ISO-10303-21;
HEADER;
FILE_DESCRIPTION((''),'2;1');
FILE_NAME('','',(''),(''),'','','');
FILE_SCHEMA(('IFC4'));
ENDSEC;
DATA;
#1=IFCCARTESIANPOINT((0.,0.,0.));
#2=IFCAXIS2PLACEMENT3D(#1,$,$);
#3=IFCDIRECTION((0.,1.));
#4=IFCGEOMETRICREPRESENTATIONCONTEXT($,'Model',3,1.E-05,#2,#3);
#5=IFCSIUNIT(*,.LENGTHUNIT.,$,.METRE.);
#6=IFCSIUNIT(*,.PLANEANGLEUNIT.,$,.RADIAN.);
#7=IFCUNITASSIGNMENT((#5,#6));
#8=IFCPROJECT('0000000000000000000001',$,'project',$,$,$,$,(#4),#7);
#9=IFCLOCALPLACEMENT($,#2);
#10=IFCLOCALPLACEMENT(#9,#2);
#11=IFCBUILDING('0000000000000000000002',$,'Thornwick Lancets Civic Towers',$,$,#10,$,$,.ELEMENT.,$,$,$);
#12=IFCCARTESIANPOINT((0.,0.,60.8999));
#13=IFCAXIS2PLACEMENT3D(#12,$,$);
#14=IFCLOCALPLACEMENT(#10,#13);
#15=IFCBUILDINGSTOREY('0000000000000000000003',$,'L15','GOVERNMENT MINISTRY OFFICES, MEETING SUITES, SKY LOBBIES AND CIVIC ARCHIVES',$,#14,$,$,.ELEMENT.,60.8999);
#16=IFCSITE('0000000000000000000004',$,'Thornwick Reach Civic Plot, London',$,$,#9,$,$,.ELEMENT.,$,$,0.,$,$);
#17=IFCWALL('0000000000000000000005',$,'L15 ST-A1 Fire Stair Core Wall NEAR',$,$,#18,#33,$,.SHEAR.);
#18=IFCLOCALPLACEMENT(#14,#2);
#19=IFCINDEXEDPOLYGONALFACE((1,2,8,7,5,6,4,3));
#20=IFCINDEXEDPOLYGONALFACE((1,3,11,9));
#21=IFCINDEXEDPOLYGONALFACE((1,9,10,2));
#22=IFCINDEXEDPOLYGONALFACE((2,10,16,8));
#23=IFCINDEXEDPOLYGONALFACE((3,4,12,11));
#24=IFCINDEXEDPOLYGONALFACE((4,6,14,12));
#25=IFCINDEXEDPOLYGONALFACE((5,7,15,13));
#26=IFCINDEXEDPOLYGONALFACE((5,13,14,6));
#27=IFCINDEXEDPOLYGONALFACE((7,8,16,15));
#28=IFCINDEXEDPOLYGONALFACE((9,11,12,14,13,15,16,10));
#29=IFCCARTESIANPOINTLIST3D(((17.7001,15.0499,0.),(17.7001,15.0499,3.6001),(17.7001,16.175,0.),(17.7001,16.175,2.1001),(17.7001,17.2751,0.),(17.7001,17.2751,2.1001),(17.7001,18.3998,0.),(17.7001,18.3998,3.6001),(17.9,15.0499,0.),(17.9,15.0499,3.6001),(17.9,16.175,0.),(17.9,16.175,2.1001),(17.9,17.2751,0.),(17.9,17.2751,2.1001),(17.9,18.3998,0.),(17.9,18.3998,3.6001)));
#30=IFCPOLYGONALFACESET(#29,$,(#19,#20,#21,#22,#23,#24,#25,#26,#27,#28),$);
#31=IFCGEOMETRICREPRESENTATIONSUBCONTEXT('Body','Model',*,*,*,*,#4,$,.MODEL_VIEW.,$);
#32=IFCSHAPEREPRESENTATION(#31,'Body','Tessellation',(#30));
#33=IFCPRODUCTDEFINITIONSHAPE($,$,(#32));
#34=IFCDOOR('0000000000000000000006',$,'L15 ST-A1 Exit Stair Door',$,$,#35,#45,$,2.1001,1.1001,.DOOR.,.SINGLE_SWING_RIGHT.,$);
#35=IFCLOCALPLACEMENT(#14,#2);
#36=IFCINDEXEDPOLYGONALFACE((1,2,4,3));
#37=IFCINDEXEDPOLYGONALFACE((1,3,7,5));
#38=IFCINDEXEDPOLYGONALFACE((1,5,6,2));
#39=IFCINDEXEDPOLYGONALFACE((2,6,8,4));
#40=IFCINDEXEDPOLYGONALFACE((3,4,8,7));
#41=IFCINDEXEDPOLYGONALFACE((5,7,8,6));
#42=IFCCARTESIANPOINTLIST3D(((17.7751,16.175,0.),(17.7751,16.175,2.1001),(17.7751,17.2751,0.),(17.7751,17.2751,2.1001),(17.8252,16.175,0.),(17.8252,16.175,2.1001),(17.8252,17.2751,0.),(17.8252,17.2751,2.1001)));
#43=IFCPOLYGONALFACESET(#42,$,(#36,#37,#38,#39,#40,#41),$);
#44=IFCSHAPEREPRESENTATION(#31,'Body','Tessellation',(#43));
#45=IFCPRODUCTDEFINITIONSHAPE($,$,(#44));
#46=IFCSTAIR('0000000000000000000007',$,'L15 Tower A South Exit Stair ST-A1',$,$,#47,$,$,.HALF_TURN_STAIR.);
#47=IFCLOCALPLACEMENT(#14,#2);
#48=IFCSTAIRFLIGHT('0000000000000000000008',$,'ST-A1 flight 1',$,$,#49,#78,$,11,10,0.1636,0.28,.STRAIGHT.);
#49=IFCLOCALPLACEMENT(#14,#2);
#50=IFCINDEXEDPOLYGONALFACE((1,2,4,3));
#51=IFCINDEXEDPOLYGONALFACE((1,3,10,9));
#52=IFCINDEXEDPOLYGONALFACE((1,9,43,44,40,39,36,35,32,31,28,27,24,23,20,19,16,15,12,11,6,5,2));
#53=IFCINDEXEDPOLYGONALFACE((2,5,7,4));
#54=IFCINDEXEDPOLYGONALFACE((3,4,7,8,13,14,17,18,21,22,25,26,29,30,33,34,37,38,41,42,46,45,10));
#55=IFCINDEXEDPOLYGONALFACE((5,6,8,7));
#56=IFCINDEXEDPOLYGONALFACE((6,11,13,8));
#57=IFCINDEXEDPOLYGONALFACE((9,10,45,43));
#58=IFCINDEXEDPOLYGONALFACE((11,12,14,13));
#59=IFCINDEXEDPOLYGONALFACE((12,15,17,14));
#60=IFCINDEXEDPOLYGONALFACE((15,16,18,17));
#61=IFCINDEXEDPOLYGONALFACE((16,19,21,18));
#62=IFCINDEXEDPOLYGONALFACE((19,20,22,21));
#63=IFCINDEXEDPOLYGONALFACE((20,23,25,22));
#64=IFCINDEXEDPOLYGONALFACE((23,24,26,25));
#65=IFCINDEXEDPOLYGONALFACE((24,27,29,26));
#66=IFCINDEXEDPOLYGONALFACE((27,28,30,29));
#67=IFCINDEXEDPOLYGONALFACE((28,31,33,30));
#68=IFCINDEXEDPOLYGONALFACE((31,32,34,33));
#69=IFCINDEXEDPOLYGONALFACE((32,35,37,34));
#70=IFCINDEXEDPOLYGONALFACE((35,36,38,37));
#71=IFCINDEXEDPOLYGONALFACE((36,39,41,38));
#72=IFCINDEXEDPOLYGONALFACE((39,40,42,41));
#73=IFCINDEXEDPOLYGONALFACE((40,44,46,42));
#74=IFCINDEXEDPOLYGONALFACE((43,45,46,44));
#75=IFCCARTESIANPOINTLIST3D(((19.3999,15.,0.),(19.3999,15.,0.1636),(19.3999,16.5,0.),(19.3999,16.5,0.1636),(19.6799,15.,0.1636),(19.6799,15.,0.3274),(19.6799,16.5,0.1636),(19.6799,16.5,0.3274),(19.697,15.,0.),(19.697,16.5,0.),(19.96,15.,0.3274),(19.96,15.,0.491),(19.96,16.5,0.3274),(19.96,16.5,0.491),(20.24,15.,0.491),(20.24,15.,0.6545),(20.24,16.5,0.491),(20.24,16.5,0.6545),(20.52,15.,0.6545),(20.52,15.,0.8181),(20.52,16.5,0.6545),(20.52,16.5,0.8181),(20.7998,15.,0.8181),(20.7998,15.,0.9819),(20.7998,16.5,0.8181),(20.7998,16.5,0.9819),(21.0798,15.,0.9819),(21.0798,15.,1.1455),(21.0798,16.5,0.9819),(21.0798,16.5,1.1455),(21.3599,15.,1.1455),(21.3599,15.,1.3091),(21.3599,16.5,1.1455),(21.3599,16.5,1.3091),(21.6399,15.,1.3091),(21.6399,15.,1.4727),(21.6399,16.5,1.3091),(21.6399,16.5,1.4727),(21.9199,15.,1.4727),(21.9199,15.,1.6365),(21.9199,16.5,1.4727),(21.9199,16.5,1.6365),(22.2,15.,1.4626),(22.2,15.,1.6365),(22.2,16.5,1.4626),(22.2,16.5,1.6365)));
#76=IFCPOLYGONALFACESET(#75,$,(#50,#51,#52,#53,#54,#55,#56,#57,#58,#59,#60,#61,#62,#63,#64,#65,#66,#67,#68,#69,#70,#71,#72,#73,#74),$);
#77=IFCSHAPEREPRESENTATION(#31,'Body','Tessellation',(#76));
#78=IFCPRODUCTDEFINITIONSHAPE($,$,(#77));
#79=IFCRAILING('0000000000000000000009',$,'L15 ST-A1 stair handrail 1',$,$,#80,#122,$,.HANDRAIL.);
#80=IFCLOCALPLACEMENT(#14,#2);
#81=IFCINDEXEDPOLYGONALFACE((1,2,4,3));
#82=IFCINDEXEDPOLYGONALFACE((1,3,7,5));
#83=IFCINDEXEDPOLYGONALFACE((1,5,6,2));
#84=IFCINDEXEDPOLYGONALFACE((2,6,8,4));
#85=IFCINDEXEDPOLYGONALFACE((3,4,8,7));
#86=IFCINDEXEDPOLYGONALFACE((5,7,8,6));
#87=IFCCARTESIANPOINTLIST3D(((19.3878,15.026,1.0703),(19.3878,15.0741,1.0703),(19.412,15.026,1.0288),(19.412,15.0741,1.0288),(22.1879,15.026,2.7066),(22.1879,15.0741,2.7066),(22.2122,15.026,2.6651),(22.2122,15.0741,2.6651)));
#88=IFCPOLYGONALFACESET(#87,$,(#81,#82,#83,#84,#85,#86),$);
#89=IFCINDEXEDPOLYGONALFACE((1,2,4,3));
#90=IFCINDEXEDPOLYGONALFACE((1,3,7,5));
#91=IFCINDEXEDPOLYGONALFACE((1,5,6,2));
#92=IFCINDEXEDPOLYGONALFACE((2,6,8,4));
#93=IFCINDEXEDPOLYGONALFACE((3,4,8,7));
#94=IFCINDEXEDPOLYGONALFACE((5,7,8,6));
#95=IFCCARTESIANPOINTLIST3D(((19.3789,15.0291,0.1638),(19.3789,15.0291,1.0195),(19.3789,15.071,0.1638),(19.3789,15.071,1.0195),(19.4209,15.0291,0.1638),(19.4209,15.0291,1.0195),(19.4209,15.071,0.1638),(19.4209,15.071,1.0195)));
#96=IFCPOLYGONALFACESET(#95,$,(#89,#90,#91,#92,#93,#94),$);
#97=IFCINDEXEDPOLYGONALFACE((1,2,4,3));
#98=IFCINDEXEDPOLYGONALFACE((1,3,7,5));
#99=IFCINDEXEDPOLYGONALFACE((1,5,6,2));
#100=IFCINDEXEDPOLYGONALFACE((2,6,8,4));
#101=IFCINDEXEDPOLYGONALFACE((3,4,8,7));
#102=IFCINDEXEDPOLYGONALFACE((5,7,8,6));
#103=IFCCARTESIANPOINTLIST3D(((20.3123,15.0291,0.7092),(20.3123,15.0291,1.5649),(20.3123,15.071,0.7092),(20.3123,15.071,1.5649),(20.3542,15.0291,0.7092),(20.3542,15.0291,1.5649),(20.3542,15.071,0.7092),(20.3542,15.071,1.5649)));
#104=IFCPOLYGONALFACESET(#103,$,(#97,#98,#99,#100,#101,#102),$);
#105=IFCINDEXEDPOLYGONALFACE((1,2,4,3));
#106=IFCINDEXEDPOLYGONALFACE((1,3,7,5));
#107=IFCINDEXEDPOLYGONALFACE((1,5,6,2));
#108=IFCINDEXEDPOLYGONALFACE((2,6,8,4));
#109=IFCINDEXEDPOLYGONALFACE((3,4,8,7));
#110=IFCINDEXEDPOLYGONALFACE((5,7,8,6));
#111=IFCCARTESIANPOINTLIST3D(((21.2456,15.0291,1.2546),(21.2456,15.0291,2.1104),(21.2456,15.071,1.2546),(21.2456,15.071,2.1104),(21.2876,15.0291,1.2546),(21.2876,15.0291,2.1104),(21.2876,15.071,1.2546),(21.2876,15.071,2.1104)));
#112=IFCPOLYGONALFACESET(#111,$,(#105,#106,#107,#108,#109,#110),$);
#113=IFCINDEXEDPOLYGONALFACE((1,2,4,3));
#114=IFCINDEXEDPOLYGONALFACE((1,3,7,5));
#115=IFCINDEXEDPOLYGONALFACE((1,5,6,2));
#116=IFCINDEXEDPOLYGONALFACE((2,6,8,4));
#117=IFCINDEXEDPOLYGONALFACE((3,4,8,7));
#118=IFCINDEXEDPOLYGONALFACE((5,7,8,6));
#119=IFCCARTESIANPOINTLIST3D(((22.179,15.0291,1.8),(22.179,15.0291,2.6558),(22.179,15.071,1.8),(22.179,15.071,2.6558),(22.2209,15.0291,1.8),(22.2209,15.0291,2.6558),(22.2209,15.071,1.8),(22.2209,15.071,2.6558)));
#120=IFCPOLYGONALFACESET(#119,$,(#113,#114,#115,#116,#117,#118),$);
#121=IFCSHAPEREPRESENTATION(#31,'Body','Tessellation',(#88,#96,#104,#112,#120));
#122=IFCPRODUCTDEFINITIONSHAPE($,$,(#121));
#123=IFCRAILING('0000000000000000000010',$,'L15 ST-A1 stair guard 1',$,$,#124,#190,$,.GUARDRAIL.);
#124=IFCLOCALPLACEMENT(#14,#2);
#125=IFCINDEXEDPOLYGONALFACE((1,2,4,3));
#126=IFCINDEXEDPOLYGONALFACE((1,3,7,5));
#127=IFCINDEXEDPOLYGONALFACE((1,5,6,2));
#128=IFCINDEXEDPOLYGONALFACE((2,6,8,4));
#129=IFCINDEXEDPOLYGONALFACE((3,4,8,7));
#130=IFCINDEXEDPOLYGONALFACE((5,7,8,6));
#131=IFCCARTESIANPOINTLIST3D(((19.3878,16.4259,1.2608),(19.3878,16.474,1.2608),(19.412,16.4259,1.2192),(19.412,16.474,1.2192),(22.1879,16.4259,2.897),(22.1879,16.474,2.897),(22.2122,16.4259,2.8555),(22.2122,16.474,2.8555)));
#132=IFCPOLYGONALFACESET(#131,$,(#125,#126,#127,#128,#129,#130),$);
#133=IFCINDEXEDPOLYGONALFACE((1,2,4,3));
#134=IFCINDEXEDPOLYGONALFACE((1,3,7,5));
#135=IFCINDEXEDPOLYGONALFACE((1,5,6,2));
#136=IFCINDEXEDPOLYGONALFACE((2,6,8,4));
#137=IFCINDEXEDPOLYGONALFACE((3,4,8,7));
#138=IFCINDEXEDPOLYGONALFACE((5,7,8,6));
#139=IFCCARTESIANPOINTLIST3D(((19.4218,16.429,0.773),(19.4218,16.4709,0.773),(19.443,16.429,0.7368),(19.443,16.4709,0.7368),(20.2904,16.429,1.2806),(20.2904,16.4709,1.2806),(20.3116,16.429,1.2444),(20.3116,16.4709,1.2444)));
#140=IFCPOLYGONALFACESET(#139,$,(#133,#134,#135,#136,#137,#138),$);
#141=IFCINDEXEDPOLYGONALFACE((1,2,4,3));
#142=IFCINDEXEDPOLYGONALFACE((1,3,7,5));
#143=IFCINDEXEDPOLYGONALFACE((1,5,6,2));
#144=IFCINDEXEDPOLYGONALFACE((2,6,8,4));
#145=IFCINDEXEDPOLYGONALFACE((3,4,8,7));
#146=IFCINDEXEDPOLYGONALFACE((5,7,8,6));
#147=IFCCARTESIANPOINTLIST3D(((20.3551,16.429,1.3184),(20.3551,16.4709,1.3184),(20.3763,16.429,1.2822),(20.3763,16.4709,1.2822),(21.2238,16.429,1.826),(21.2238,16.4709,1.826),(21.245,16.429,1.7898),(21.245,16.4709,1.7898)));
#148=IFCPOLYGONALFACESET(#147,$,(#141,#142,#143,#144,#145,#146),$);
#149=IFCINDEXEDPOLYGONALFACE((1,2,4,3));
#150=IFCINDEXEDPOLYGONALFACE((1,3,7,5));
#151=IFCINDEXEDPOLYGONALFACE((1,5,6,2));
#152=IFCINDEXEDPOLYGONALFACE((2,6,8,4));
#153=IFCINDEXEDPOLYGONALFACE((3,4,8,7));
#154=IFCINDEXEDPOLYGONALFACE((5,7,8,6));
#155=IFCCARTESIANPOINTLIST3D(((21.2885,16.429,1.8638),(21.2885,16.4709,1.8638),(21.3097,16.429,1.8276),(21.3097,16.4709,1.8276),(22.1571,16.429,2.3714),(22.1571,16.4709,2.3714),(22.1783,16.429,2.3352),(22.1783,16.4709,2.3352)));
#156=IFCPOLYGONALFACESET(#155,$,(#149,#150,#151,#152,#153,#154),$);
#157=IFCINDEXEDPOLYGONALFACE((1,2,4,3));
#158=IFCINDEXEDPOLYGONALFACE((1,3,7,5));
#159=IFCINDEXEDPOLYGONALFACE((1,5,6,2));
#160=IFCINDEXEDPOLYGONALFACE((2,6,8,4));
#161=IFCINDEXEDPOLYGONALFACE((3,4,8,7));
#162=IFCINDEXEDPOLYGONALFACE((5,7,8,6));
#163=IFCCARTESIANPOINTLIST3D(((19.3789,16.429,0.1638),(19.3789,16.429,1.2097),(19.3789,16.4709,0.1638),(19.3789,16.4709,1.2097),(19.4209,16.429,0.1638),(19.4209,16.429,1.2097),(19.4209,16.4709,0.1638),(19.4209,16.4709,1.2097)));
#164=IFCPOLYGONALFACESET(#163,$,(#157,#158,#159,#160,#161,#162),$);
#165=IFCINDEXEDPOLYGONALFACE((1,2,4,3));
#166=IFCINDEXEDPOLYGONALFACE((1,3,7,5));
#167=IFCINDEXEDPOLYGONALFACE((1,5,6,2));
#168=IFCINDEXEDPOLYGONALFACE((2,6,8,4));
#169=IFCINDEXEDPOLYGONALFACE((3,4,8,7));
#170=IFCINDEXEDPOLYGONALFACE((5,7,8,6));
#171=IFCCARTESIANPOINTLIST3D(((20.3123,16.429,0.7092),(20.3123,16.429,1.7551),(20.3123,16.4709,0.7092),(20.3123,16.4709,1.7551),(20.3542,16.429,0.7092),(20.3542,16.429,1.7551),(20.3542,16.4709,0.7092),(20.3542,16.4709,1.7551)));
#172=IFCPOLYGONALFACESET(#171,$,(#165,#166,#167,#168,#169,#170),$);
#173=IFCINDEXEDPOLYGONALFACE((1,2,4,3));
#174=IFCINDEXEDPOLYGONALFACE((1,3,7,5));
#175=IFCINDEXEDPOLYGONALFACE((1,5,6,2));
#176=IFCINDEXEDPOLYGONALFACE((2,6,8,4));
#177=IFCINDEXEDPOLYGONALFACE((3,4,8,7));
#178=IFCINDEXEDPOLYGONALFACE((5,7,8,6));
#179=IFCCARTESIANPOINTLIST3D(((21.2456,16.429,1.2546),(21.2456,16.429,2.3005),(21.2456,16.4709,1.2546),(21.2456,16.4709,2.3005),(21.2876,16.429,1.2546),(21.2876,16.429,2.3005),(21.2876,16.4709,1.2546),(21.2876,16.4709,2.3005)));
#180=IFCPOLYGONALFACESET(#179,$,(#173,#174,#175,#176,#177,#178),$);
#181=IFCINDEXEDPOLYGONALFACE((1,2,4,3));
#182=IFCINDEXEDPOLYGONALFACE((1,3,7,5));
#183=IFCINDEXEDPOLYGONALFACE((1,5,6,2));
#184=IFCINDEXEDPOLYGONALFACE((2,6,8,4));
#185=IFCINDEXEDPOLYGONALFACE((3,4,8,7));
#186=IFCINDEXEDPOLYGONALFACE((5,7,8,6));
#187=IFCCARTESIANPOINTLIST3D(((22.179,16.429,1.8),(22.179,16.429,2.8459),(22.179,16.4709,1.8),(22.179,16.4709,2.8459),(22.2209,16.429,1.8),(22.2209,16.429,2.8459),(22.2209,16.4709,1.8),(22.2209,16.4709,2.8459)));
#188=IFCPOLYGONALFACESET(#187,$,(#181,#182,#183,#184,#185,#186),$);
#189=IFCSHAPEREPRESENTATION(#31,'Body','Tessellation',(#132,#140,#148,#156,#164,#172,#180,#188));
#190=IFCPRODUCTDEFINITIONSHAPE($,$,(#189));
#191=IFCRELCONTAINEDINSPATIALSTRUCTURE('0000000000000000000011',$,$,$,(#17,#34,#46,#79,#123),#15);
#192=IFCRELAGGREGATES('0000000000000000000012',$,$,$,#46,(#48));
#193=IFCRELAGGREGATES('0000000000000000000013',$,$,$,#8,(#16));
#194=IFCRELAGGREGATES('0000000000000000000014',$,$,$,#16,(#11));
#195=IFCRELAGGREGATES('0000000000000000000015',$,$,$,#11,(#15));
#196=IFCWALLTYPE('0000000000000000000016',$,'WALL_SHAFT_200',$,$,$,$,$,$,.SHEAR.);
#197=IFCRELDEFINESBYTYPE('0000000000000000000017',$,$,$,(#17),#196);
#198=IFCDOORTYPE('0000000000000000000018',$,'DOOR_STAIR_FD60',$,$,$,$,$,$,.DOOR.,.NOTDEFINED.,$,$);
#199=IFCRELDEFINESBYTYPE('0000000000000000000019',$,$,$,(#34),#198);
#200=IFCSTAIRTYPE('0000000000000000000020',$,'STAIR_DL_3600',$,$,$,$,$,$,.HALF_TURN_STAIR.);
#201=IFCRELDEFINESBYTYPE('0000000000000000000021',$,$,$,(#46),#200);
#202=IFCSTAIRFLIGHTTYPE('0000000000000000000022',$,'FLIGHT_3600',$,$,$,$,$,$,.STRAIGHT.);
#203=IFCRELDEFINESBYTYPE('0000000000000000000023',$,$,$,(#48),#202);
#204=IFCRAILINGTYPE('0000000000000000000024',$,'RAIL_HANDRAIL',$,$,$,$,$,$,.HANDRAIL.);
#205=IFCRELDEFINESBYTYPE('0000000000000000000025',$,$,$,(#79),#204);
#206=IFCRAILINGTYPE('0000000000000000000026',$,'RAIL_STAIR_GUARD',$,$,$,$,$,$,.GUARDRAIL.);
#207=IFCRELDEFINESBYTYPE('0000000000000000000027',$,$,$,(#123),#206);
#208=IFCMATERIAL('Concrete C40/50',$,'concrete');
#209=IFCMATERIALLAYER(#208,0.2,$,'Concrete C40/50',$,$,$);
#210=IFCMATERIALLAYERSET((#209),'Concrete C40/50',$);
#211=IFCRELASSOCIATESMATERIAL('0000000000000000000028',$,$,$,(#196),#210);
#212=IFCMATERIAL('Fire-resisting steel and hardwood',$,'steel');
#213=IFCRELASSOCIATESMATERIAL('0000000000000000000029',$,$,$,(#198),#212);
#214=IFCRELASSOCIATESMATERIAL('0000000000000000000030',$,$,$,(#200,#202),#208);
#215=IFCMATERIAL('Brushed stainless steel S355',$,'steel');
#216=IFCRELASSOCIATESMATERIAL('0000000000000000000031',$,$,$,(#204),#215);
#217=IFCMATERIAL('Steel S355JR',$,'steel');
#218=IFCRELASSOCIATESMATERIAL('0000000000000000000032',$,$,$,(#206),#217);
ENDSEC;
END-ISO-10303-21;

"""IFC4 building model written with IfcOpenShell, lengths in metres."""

from ifc_helpers import new_model, si_unit, direction, frame, frame_2d, origin, origin_2d, place, context, subcontext, project, spatial, polyline, rectangle, outline, extrude, material, layer, layer_set, type_object, element, fill, aggregate, save


model = new_model("IFC4")

# Units and contexts
model_context = context("Model", 3, precision=1e-05, world=origin(), true_north=direction((0.0, 1.0)))
body_context = subcontext(model_context, "Body", "Model", "MODEL_VIEW")
ifc_project = project(units=[si_unit("LENGTHUNIT", "METRE"), si_unit("PLANEANGLEUNIT", "RADIAN")], contexts=[model_context])

# Site, building, storey
site_placement = place(None, origin())
site = spatial("IfcSite", under=ifc_project, at=site_placement, Name="Thornwick Reach Civic Plot, London", CompositionType="ELEMENT", RefElevation=0.0)
building_placement = place(site_placement, origin())
building = spatial("IfcBuilding", under=site, at=building_placement, Name="Thornwick Lancets Civic Towers", CompositionType="ELEMENT")
storey_placement = place(building_placement, frame((0.0, 0.0, 60.8999)))
storey = spatial("IfcBuildingStorey", under=building, at=storey_placement, Name="L15", Description="GOVERNMENT MINISTRY OFFICES, MEETING SUITES, SKY LOBBIES AND CIVIC ARCHIVES", CompositionType="ELEMENT", Elevation=60.8999)

# Shared definitions
ifc_material_1 = material(Name="Steel S355JR", Category="steel")
ifc_material_2 = material(Name="Concrete C40/50", Category="concrete")

# Wall, opening, door
ifc_layer_1 = layer(ifc_material_2, 0.2, Name="Concrete C40/50")
ifc_layer_set_1 = layer_set([ifc_layer_1], Name="Concrete C40/50")
wall_type_1 = type_object("IfcWallType", Name="WALL_SHAFT_200", PredefinedType="SHEAR", material=ifc_layer_set_1)
wall_1_placement = place(storey_placement, frame((17.8, 15.05, 0.0), z_axis=(0.0, 0.0, 1.0), x_axis=(0.0, 1.0, 0.0)))
wall_1 = element("IfcWall", 1, at=wall_1_placement, inside=storey, type_object=wall_type_1, Name="L15 ST-A1 Fire Stair Core Wall NEAR", PredefinedType="SHEAR", context=body_context, shape_type="SweptSolid", body=[
    extrude(rectangle(XDim=3.3499, YDim=0.2, at=frame_2d((1.6748, 0.0))), origin(), (0.0, 0.0, 1.0), 3.6001),
])
opening_1_placement = place(wall_1_placement, frame((1.125, 0.0, 0.0)))
opening_1 = element("IfcOpeningElement", 2, at=opening_1_placement, cuts=wall_1, PredefinedType="OPENING", context=body_context, shape_type="SweptSolid", body=[
    extrude(rectangle(XDim=1.1001, YDim=2.1001, at=frame_2d((0.55, 1.05))), frame((0.0, 0.1099, 0.0), z_axis=(0.0, -1.0, 0.0), x_axis=(1.0, 0.0, 0.0)), (0.0, 0.0, 1.0), 0.22),
])
ifc_material_3 = material(Name="Fire-resisting steel and hardwood", Category="steel")
door_type_1 = type_object("IfcDoorType", Name="DOOR_STAIR_FD60", OperationType="NOTDEFINED", PredefinedType="DOOR", material=ifc_material_3)
door_1_placement = place(opening_1_placement, origin())
door_1 = element("IfcDoor", 3, at=door_1_placement, inside=storey, type_object=door_type_1, Name="L15 ST-A1 Exit Stair Door", OperationType="SINGLE_SWING_RIGHT", OverallHeight=2.1001, OverallWidth=1.1001, PredefinedType="DOOR", context=body_context, shape_type="SweptSolid", body=[
    extrude(rectangle(XDim=1.1001, YDim=2.1001, at=frame_2d((0.55, 1.05))), frame((0.0, 0.0249, 0.0), z_axis=(0.0, -1.0, 0.0), x_axis=(1.0, 0.0, 0.0)), (0.0, 0.0, 1.0), 0.05),
])
fill(opening_1, door_1)

# Stair, stair flight
stair_type = type_object("IfcStairType", Name="STAIR_DL_3600", PredefinedType="HALF_TURN_STAIR", material=ifc_material_2)
stair_placement = place(storey_placement, origin())
stair = element("IfcStair", 4, at=stair_placement, inside=storey, type_object=stair_type, Name="L15 Tower A South Exit Stair ST-A1", PredefinedType="HALF_TURN_STAIR")
stair_flight_type = type_object("IfcStairFlightType", Name="FLIGHT_3600", PredefinedType="STRAIGHT", material=ifc_material_2)
stair_flight_placement = place(storey_placement, frame((19.3999, 15.75, 0.0), z_axis=(0.0, 0.0, 1.0), x_axis=(1.0, 0.0, 0.0)))
stair_flight = element("IfcStairFlight", 5, at=stair_flight_placement, type_object=stair_flight_type, Name="ST-A1 flight 1", NumberOfRisers=11, NumberOfTreads=10, PredefinedType="STRAIGHT", RiserHeight=0.1636, TreadLength=0.28, context=body_context, shape_type="SweptSolid", body=[
    extrude(outline(polyline([(0.0, 0.0), (0.0, 0.1636), (0.28, 0.1636), (0.28, 0.3274), (0.5601, 0.3274), (0.5601, 0.491), (0.8401, 0.491), (0.8401, 0.6545), (1.1201, 0.6545), (1.1201, 0.8181), (1.3999, 0.8181), (1.3999, 0.9819), (1.6799, 0.9819), (1.6799, 1.1455), (1.96, 1.1455), (1.96, 1.3091), (2.24, 1.3091), (2.24, 1.4727), (2.52, 1.4727), (2.52, 1.6365), (2.8, 1.6365), (2.8, 1.8), (2.8, 1.4626), (0.2971, 0.0), (0.0, 0.0)])), frame((0.0, 0.75, 0.0), z_axis=(0.0, -1.0, 0.0), x_axis=(1.0, 0.0, 0.0)), (0.0, 0.0, 1.0), 1.5),
])
aggregate(stair, [stair_flight])

# Railings
ifc_material_4 = material(Name="Brushed stainless steel S355", Category="steel")
railing_type_1 = type_object("IfcRailingType", Name="RAIL_HANDRAIL", PredefinedType="HANDRAIL", material=ifc_material_4)
railing_1_placement = place(storey_placement, frame((19.3999, 15.05, 0.1638)))
element("IfcRailing", 6, at=railing_1_placement, inside=storey, type_object=railing_type_1, Name="L15 ST-A1 stair handrail 1", PredefinedType="HANDRAIL", context=body_context, shape_type="SweptSolid", body=[
    extrude(rectangle(XDim=0.0481, YDim=0.0481, at=origin_2d()), frame((0.0, 0.0, 0.8857), z_axis=(0.863394, 0.0, 0.504531), x_axis=(0.0, 1.0, 0.0)), (0.0, 0.0, 1.0), 3.2432),
    extrude(rectangle(XDim=0.042, YDim=0.042, at=origin_2d()), origin(), (0.0, 0.0, 1.0), 0.8557),
    extrude(rectangle(XDim=0.042, YDim=0.042, at=origin_2d()), frame((0.9333, 0.0, 0.5454)), (0.0, 0.0, 1.0), 0.8557),
    extrude(rectangle(XDim=0.042, YDim=0.042, at=origin_2d()), frame((1.8667, 0.0, 1.0908)), (0.0, 0.0, 1.0), 0.8557),
    extrude(rectangle(XDim=0.042, YDim=0.042, at=origin_2d()), frame((2.8, 0.0, 1.6362)), (0.0, 0.0, 1.0), 0.8557),
])
railing_type_2 = type_object("IfcRailingType", Name="RAIL_STAIR_GUARD", PredefinedType="GUARDRAIL", material=ifc_material_1)
railing_2_placement = place(storey_placement, frame((19.3999, 16.45, 0.1638)))
element("IfcRailing", 7, at=railing_2_placement, inside=storey, type_object=railing_type_2, Name="L15 ST-A1 stair guard 1", PredefinedType="GUARDRAIL", context=body_context, shape_type="SweptSolid", body=[
    extrude(rectangle(XDim=0.0481, YDim=0.0481, at=origin_2d()), frame((0.0, 0.0, 1.0762), z_axis=(0.863394, 0.0, 0.504531), x_axis=(0.0, 1.0, 0.0)), (0.0, 0.0, 1.0), 3.2432),
    extrude(rectangle(XDim=0.042, YDim=0.042, at=origin_2d()), frame((0.0325, 0.0, 0.5911), z_axis=(0.863394, 0.0, 0.504531), x_axis=(0.0, 1.0, 0.0)), (0.0, 0.0, 1.0), 1.0061),
    extrude(rectangle(XDim=0.042, YDim=0.042, at=origin_2d()), frame((0.9658, 0.0, 1.1365), z_axis=(0.863394, 0.0, 0.504531), x_axis=(0.0, 1.0, 0.0)), (0.0, 0.0, 1.0), 1.0061),
    extrude(rectangle(XDim=0.042, YDim=0.042, at=origin_2d()), frame((1.8992, 0.0, 1.6819), z_axis=(0.863394, 0.0, 0.504531), x_axis=(0.0, 1.0, 0.0)), (0.0, 0.0, 1.0), 1.0061),
    extrude(rectangle(XDim=0.042, YDim=0.042, at=origin_2d()), origin(), (0.0, 0.0, 1.0), 1.0459),
    extrude(rectangle(XDim=0.042, YDim=0.042, at=origin_2d()), frame((0.9333, 0.0, 0.5454)), (0.0, 0.0, 1.0), 1.0459),
    extrude(rectangle(XDim=0.042, YDim=0.042, at=origin_2d()), frame((1.8667, 0.0, 1.0908)), (0.0, 0.0, 1.0), 1.0459),
    extrude(rectangle(XDim=0.042, YDim=0.042, at=origin_2d()), frame((2.8, 0.0, 1.6362)), (0.0, 0.0, 1.0), 1.0459),
])

save(model, "model.ifc")
